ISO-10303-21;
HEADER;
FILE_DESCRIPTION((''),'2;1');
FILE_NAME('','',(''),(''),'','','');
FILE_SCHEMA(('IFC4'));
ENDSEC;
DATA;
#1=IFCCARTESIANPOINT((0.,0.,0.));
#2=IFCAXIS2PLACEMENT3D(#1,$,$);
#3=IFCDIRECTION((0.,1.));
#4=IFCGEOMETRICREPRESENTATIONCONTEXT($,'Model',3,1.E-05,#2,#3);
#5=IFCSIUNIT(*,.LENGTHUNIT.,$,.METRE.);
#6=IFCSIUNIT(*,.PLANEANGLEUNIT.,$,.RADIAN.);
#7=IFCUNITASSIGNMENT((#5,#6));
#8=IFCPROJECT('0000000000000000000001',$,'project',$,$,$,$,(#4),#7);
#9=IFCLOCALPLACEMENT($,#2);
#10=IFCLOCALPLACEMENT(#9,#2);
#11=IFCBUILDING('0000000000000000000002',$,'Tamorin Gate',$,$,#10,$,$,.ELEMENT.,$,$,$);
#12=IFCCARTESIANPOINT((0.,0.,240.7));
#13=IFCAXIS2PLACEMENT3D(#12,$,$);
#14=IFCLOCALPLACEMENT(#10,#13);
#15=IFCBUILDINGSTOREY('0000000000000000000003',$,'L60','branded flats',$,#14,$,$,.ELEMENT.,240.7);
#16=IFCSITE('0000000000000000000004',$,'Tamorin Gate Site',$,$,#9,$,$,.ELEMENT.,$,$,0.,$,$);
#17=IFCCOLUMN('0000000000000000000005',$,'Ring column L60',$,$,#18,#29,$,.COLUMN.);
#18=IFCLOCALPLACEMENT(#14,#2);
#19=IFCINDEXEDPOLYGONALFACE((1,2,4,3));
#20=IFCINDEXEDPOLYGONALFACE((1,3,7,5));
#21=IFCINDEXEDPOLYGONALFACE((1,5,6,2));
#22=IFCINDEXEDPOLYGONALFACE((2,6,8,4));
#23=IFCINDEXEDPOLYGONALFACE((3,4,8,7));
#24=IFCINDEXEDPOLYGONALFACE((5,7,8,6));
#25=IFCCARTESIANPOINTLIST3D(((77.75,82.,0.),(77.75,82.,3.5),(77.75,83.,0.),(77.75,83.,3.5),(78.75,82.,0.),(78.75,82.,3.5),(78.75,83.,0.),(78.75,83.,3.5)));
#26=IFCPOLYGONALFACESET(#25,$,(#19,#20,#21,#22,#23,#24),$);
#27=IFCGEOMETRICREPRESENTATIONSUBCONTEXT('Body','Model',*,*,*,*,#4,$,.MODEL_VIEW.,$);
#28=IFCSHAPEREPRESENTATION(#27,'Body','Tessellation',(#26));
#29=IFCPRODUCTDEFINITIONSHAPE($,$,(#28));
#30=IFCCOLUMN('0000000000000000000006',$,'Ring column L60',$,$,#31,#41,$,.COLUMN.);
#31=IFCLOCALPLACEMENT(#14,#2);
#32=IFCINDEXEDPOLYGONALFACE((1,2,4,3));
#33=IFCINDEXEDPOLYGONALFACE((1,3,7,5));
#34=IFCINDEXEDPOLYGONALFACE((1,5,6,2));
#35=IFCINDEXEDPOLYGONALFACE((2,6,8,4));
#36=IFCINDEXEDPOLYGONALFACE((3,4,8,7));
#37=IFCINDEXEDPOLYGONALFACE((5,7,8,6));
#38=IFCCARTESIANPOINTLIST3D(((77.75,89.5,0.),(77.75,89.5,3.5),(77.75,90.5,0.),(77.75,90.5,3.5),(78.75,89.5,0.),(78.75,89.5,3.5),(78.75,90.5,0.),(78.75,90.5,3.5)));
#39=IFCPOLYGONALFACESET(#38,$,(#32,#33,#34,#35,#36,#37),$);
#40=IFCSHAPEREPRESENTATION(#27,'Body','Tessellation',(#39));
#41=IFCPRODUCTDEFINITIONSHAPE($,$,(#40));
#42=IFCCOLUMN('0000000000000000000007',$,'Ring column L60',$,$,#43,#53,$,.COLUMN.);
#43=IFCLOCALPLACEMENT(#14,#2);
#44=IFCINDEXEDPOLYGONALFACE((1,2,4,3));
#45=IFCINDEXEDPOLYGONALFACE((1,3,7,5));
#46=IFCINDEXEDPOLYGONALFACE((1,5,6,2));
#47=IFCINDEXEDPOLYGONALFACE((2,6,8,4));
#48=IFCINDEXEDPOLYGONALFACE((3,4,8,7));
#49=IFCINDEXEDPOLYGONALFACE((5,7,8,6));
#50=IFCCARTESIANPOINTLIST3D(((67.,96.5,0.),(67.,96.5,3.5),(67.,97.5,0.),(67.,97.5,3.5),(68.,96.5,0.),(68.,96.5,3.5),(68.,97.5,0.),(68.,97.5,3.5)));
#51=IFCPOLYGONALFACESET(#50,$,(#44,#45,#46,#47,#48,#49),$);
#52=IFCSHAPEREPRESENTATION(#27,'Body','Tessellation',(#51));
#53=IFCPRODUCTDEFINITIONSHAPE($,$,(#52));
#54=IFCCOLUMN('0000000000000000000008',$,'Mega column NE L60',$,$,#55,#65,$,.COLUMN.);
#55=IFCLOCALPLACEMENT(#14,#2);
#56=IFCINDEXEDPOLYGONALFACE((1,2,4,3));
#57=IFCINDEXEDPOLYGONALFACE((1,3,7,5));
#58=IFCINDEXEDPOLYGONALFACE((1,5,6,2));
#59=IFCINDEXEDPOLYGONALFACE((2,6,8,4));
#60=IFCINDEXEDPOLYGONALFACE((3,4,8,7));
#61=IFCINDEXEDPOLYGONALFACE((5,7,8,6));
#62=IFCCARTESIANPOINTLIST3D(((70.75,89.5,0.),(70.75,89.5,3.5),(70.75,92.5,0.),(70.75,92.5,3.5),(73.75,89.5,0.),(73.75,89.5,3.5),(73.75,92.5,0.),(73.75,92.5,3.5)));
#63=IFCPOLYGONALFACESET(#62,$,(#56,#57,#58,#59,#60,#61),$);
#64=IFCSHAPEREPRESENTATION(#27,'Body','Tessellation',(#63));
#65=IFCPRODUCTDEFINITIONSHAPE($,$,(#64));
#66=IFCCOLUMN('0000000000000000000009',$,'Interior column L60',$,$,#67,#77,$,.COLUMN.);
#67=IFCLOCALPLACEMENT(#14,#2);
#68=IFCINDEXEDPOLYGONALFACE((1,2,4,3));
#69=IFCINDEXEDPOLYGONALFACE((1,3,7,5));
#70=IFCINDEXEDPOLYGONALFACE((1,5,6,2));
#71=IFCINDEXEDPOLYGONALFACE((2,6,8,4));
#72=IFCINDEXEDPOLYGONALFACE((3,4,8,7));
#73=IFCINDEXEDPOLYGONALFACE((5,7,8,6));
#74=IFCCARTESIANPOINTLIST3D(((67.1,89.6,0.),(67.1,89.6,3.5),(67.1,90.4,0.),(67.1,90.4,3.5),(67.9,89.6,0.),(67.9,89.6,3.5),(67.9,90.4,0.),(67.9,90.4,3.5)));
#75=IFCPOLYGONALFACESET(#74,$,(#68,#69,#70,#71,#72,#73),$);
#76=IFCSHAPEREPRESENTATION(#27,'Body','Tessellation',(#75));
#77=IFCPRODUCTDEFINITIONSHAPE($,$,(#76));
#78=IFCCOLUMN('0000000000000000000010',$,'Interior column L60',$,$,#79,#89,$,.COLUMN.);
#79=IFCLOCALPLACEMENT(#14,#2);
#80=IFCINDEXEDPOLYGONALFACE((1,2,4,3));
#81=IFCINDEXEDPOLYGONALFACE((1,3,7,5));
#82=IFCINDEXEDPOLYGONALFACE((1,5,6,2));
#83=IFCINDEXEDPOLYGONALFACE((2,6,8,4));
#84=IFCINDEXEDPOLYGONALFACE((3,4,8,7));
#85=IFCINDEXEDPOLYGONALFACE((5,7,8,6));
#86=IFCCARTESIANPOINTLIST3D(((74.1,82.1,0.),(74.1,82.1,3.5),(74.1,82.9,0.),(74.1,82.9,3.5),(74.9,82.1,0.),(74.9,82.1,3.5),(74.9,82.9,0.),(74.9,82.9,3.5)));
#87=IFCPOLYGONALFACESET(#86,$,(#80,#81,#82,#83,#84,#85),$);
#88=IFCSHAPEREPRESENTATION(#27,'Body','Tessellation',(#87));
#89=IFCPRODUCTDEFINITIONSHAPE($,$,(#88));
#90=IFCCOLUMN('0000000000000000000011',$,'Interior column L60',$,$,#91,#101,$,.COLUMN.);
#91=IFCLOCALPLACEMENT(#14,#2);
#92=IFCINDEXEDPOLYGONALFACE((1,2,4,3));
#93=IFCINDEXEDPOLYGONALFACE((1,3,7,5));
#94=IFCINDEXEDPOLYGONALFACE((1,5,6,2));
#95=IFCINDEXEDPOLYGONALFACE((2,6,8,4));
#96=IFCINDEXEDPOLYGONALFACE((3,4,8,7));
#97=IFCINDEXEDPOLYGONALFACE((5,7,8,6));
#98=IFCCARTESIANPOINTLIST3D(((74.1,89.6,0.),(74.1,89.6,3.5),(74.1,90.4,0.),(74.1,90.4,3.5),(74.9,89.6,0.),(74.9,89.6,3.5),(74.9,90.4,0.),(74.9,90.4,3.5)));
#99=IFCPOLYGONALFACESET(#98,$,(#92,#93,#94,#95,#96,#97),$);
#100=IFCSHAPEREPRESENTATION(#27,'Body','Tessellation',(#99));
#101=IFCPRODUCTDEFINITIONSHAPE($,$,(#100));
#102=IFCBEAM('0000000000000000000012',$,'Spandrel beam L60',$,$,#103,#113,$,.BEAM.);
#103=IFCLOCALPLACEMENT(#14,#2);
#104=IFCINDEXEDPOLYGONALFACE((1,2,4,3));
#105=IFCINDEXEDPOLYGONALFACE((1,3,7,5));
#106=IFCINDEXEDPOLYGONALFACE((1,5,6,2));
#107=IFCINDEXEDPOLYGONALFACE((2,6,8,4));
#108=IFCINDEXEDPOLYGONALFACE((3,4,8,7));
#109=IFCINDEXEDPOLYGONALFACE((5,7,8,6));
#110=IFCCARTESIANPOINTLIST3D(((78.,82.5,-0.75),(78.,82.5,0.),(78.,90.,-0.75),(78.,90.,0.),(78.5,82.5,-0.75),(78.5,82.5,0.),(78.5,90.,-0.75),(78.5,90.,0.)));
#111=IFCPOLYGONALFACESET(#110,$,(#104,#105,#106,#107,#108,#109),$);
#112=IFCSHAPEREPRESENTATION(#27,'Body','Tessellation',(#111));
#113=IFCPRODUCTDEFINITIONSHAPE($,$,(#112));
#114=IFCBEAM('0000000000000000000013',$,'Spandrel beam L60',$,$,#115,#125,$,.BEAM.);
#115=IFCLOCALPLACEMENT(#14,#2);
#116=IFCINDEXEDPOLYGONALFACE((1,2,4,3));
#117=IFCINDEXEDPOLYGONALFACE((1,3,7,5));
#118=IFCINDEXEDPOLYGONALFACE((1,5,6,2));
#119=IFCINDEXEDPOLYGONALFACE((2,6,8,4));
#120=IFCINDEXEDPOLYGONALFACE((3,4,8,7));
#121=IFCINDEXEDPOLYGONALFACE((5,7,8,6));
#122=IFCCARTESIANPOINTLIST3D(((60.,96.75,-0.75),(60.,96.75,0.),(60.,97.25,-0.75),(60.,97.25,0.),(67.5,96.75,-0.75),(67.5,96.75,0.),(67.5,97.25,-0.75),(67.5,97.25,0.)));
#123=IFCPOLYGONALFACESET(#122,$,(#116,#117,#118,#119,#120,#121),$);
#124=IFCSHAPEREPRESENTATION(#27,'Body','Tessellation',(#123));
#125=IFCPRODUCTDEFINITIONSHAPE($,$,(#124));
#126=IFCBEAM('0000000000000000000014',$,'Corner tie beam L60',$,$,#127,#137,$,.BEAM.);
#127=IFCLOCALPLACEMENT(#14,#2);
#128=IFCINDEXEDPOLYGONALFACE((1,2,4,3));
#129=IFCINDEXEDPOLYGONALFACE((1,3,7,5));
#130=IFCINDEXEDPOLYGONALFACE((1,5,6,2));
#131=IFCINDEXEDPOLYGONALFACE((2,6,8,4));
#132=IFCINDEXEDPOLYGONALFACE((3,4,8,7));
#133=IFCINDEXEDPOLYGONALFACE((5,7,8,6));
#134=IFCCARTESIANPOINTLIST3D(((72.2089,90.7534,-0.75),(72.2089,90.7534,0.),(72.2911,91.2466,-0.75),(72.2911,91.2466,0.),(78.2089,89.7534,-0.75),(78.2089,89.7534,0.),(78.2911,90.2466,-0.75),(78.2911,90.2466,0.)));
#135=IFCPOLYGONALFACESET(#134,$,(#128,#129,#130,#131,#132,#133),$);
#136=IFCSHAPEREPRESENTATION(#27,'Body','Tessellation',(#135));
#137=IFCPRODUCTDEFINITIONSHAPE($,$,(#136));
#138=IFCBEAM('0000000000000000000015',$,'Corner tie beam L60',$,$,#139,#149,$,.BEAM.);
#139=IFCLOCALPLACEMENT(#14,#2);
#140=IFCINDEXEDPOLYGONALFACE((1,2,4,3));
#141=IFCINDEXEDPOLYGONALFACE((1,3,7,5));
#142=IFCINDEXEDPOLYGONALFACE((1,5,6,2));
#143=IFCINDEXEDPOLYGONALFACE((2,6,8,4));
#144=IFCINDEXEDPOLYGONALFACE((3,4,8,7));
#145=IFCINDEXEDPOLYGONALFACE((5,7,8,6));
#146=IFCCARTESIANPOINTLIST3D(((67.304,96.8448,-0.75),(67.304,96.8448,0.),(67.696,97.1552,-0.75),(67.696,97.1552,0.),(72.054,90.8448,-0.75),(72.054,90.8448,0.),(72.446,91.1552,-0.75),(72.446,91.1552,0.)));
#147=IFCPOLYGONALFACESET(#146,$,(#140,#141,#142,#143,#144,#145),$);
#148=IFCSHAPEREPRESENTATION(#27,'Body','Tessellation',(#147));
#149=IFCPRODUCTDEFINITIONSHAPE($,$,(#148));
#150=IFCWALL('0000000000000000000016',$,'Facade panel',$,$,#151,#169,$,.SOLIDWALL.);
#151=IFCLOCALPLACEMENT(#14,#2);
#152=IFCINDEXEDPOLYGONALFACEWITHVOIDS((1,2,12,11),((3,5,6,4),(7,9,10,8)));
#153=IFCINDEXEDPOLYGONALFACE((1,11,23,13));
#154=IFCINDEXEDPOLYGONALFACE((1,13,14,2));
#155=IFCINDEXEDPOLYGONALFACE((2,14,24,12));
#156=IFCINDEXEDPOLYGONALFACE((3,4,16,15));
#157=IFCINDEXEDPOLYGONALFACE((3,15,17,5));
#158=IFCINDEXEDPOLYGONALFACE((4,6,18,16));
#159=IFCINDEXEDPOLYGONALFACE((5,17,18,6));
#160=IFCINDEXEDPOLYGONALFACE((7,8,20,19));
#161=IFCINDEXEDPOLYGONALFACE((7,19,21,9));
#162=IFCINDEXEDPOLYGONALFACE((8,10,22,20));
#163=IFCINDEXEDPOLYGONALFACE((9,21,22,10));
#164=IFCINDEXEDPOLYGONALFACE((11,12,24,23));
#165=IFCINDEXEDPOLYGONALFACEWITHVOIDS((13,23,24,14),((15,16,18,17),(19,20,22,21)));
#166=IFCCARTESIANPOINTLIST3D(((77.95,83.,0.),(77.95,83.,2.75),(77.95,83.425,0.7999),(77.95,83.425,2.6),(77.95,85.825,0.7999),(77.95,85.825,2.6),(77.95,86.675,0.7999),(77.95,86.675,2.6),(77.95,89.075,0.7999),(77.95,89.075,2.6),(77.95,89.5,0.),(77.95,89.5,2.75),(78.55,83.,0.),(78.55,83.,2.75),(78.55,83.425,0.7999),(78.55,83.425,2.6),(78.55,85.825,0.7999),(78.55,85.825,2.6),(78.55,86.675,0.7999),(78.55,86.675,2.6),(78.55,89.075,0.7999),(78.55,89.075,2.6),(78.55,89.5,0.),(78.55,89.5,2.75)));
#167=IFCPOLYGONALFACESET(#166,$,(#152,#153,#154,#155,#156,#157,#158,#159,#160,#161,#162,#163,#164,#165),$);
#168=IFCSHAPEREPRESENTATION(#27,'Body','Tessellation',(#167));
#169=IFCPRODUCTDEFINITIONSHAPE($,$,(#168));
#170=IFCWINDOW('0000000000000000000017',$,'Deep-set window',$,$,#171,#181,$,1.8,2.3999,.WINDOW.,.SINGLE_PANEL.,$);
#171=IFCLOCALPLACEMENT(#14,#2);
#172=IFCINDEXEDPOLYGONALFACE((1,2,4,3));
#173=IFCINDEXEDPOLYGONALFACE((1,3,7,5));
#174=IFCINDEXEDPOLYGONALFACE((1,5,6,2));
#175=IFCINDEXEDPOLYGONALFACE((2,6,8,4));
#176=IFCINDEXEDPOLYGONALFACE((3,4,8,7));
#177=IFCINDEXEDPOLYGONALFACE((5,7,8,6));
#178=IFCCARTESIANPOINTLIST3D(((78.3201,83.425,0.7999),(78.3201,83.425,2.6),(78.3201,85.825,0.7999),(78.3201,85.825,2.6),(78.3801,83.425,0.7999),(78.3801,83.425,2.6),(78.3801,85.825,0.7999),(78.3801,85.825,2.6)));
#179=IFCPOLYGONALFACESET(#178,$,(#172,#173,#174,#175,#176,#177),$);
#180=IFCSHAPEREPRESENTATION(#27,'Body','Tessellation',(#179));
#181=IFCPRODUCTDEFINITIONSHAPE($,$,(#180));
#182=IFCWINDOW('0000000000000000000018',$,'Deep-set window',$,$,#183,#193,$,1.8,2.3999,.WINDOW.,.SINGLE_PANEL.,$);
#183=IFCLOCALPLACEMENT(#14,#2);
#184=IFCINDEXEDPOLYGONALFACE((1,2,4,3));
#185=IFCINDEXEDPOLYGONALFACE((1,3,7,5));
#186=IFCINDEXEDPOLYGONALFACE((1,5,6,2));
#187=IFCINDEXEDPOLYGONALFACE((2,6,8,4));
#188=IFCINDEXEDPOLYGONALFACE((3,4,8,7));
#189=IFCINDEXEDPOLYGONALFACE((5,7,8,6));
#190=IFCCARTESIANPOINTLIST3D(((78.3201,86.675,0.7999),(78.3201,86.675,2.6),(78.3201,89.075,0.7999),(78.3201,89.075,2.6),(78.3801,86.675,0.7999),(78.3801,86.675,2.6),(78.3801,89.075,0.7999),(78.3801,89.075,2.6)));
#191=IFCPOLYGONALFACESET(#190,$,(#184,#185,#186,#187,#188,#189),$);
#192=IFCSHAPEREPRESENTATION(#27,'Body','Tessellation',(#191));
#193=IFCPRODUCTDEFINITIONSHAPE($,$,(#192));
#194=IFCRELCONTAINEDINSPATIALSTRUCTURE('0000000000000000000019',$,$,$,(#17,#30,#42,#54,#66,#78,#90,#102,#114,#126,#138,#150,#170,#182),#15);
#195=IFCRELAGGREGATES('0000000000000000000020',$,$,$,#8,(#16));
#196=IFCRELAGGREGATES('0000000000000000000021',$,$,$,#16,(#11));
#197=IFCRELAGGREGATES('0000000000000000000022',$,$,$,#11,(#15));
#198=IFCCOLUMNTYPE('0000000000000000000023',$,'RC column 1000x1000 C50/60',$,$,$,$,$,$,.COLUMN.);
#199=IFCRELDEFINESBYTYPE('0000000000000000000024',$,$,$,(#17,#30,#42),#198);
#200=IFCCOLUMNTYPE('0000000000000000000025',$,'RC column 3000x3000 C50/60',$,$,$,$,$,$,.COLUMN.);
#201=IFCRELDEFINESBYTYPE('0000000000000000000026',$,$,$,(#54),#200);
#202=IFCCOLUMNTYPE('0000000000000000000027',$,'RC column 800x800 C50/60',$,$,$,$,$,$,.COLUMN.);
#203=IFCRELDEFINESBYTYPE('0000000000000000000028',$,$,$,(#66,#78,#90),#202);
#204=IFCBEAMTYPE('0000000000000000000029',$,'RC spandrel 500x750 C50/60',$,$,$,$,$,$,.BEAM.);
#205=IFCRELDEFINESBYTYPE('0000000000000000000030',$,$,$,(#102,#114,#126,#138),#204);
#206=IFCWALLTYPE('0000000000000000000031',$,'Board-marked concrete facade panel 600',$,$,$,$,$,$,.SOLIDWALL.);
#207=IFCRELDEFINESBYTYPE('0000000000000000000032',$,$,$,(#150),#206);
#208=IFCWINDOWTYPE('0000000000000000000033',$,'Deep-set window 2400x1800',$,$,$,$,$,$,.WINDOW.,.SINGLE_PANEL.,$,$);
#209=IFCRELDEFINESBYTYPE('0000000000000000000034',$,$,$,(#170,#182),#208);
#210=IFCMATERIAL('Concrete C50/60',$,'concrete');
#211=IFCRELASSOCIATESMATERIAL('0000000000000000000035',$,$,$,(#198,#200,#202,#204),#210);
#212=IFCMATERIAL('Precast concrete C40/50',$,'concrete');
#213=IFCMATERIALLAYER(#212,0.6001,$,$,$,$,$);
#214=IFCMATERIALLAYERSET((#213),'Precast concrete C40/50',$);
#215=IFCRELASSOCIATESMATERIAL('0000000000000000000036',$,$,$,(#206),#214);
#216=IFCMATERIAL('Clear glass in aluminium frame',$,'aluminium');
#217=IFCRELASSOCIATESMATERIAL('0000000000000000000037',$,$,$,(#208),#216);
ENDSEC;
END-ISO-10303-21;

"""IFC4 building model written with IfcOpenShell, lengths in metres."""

from ifc_helpers import new_model, si_unit, direction, frame, frame_2d, origin, origin_2d, place, context, subcontext, project, spatial, rectangle, extrude, material, layer, layer_set, material_profile, profile_set, type_object, element, fill, save


model = new_model("IFC4")

# Units and contexts
model_context = context("Model", 3, precision=1e-05, world=origin(), true_north=direction((0.0, 1.0)))
body_context = subcontext(model_context, "Body", "Model", "MODEL_VIEW")
ifc_project = project(units=[si_unit("LENGTHUNIT", "METRE"), si_unit("PLANEANGLEUNIT", "RADIAN")], contexts=[model_context])

# Site, building, storey
site_placement = place(None, origin())
site = spatial("IfcSite", under=ifc_project, at=site_placement, Name="Tamorin Gate Site", CompositionType="ELEMENT", RefElevation=0.0)
building_placement = place(site_placement, origin())
building = spatial("IfcBuilding", under=site, at=building_placement, Name="Tamorin Gate", CompositionType="ELEMENT")
storey_placement = place(building_placement, frame((0.0, 0.0, 240.7)))
storey = spatial("IfcBuildingStorey", under=building, at=storey_placement, Name="L60", Description="branded flats", CompositionType="ELEMENT", Elevation=240.7)

# Columns
ifc_material_1 = material(Name="Concrete C50/60", Category="concrete")
ifc_material_profile_1 = material_profile(ifc_material_1, rectangle(XDim=1.0, YDim=1.0, at=origin_2d()), Name="RC 1000x1000")
ifc_profile_set_1 = profile_set([ifc_material_profile_1], Name="Concrete C50/60")
column_type_1 = type_object("IfcColumnType", Name="RC column 1000x1000 C50/60", PredefinedType="COLUMN", material=ifc_profile_set_1)
for number, where, z_axis, x_axis, name in (
    (1, (78.25, 82.5, 0.0), (0.0, 0.0, 1.0), (1.0, 0.0, 0.0), "Ring column L60"),
    (2, (78.25, 90.0, 0.0), (0.0, 0.0, 1.0), (1.0, 0.0, 0.0), "Ring column L60"),
    (3, (67.5, 97.0, 0.0), (0.0, 0.0, 1.0), (1.0, 0.0, 0.0), "Ring column L60"),
):
    element("IfcColumn", number, at=place(storey_placement, frame(where, z_axis=z_axis, x_axis=x_axis)), inside=storey, type_object=column_type_1, Name=name, PredefinedType="COLUMN", context=body_context, shape_type="SweptSolid", body=[
        extrude(rectangle(XDim=1.0, YDim=1.0, at=origin_2d()), origin(), (0.0, 0.0, 1.0), 3.5),
    ])
ifc_material_profile_2 = material_profile(ifc_material_1, rectangle(XDim=3.0, YDim=3.0, at=origin_2d()), Name="RC 3000x3000")
ifc_profile_set_2 = profile_set([ifc_material_profile_2], Name="Concrete C50/60")
column_type_2 = type_object("IfcColumnType", Name="RC column 3000x3000 C50/60", PredefinedType="COLUMN", material=ifc_profile_set_2)
column_placement = place(storey_placement, frame((72.25, 91.0, 0.0), z_axis=(0.0, 0.0, 1.0), x_axis=(1.0, 0.0, 0.0)))
element("IfcColumn", 4, at=column_placement, inside=storey, type_object=column_type_2, Name="Mega column NE L60", PredefinedType="COLUMN", context=body_context, shape_type="SweptSolid", body=[
    extrude(rectangle(XDim=3.0, YDim=3.0, at=origin_2d()), origin(), (0.0, 0.0, 1.0), 3.5),
])
ifc_material_profile_3 = material_profile(ifc_material_1, rectangle(XDim=0.8, YDim=0.8, at=origin_2d()), Name="RC 800x800")
ifc_profile_set_3 = profile_set([ifc_material_profile_3], Name="Concrete C50/60")
column_type_3 = type_object("IfcColumnType", Name="RC column 800x800 C50/60", PredefinedType="COLUMN", material=ifc_profile_set_3)
for number, where, z_axis, x_axis, name in (
    (5, (67.5, 90.0, 0.0), (0.0, 0.0, 1.0), (1.0, 0.0, 0.0), "Interior column L60"),
    (6, (74.5, 82.5, 0.0), (0.0, 0.0, 1.0), (1.0, 0.0, 0.0), "Interior column L60"),
    (7, (74.5, 90.0, 0.0), (0.0, 0.0, 1.0), (1.0, 0.0, 0.0), "Interior column L60"),
):
    element("IfcColumn", number, at=place(storey_placement, frame(where, z_axis=z_axis, x_axis=x_axis)), inside=storey, type_object=column_type_3, Name=name, PredefinedType="COLUMN", context=body_context, shape_type="SweptSolid", body=[
        extrude(rectangle(XDim=0.8, YDim=0.8, at=origin_2d()), origin(), (0.0, 0.0, 1.0), 3.5),
    ])

# Beams
ifc_material_profile_4 = material_profile(ifc_material_1, rectangle(XDim=0.5, YDim=0.75, at=origin_2d()), Name="RC 500x750")
ifc_profile_set_4 = profile_set([ifc_material_profile_4], Name="Concrete C50/60")
beam_type = type_object("IfcBeamType", Name="RC spandrel 500x750 C50/60", PredefinedType="BEAM", material=ifc_profile_set_4)
for number, where, z_axis, x_axis, name in (
    (8, (78.25, 82.5, -0.375), (0.0, 1.0, 0.0), (-1.0, 0.0, 0.0), "Spandrel beam L60"),
    (9, (67.5, 97.0, -0.375), (-1.0, 0.0, 0.0), (0.0, -1.0, 0.0), "Spandrel beam L60"),
):
    element("IfcBeam", number, at=place(storey_placement, frame(where, z_axis=z_axis, x_axis=x_axis)), inside=storey, type_object=beam_type, Name=name, PredefinedType="BEAM", context=body_context, shape_type="SweptSolid", body=[
        extrude(rectangle(XDim=0.5, YDim=0.75, at=origin_2d()), origin(), (0.0, 0.0, 1.0), 7.5),
    ])
beam_1_placement = place(storey_placement, frame((72.25, 91.0, -0.375), z_axis=(0.986394, -0.164399, 0.0), x_axis=(0.164399, 0.986394, 0.0)))
element("IfcBeam", 10, at=beam_1_placement, inside=storey, type_object=beam_type, Name="Corner tie beam L60", PredefinedType="BEAM", context=body_context, shape_type="SweptSolid", body=[
    extrude(rectangle(XDim=0.5, YDim=0.75, at=origin_2d()), origin(), (0.0, 0.0, 1.0), 6.0828),
])
beam_2_placement = place(storey_placement, frame((72.25, 91.0, -0.375), z_axis=(-0.620703, 0.784046, 0.0), x_axis=(-0.784046, -0.620703, 0.0)))
element("IfcBeam", 11, at=beam_2_placement, inside=storey, type_object=beam_type, Name="Corner tie beam L60", PredefinedType="BEAM", context=body_context, shape_type="SweptSolid", body=[
    extrude(rectangle(XDim=0.5, YDim=0.75, at=origin_2d()), origin(), (0.0, 0.0, 1.0), 7.6526),
])

# Wall, openings, windows
ifc_material_2 = material(Name="Precast concrete C40/50", Category="concrete")
ifc_layer = layer(ifc_material_2, 0.6001)
ifc_layer_set = layer_set([ifc_layer], Name="Precast concrete C40/50")
wall_type = type_object("IfcWallType", Name="Board-marked concrete facade panel 600", PredefinedType="SOLIDWALL", material=ifc_layer_set)
wall_1_placement = place(storey_placement, frame((78.25, 83.0, 0.0), z_axis=(0.0, 0.0, 1.0), x_axis=(0.0, 1.0, 0.0)))
wall_1 = element("IfcWall", 12, at=wall_1_placement, inside=storey, type_object=wall_type, Name="Facade panel", PredefinedType="SOLIDWALL", context=body_context, shape_type="SweptSolid", body=[
    extrude(rectangle(XDim=6.5, YDim=0.6001, at=frame_2d((3.25, 0.0))), origin(), (0.0, 0.0, 1.0), 2.75),
])
opening_1_placement = place(wall_1_placement, frame((0.425, 0.0, 0.8)))
opening_1 = element("IfcOpeningElement", 13, at=opening_1_placement, cuts=wall_1, PredefinedType="OPENING", context=body_context, shape_type="SweptSolid", body=[
    extrude(rectangle(XDim=2.3999, YDim=1.8, at=frame_2d((1.2, 0.8999))), frame((0.0, 0.3101, 0.0), z_axis=(0.0, -1.0, 0.0), x_axis=(1.0, 0.0, 0.0)), (0.0, 0.0, 1.0), 0.6201),
])
opening_2_placement = place(wall_1_placement, frame((3.675, 0.0, 0.8)))
opening_2 = element("IfcOpeningElement", 14, at=opening_2_placement, cuts=wall_1, PredefinedType="OPENING", context=body_context, shape_type="SweptSolid", body=[
    extrude(rectangle(XDim=2.3999, YDim=1.8, at=frame_2d((1.2, 0.8999))), frame((0.0, 0.3101, 0.0), z_axis=(0.0, -1.0, 0.0), x_axis=(1.0, 0.0, 0.0)), (0.0, 0.0, 1.0), 0.6201),
])
ifc_material_3 = material(Name="Clear glass in aluminium frame", Category="aluminium")
window_type = type_object("IfcWindowType", Name="Deep-set window 2400x1800", PartitioningType="SINGLE_PANEL", PredefinedType="WINDOW", material=ifc_material_3)
window_1_placement = place(opening_1_placement, origin())
window_1 = element("IfcWindow", 15, at=window_1_placement, inside=storey, type_object=window_type, Name="Deep-set window", OverallHeight=1.8, OverallWidth=2.3999, PartitioningType="SINGLE_PANEL", PredefinedType="WINDOW", context=body_context, shape_type="SweptSolid", body=[
    extrude(rectangle(XDim=2.3999, YDim=1.8, at=frame_2d((1.2, 0.8999))), frame((0.0, -0.0701, 0.0), z_axis=(0.0, -1.0, 0.0), x_axis=(1.0, 0.0, 0.0)), (0.0, 0.0, 1.0), 0.0601),
])
fill(opening_1, window_1)
window_2_placement = place(opening_2_placement, origin())
window_2 = element("IfcWindow", 16, at=window_2_placement, inside=storey, type_object=window_type, Name="Deep-set window", OverallHeight=1.8, OverallWidth=2.3999, PartitioningType="SINGLE_PANEL", PredefinedType="WINDOW", context=body_context, shape_type="SweptSolid", body=[
    extrude(rectangle(XDim=2.3999, YDim=1.8, at=frame_2d((1.2, 0.8999))), frame((0.0, -0.0701, 0.0), z_axis=(0.0, -1.0, 0.0), x_axis=(1.0, 0.0, 0.0)), (0.0, 0.0, 1.0), 0.0601),
])
fill(opening_2, window_2)

save(model, "model.ifc")
